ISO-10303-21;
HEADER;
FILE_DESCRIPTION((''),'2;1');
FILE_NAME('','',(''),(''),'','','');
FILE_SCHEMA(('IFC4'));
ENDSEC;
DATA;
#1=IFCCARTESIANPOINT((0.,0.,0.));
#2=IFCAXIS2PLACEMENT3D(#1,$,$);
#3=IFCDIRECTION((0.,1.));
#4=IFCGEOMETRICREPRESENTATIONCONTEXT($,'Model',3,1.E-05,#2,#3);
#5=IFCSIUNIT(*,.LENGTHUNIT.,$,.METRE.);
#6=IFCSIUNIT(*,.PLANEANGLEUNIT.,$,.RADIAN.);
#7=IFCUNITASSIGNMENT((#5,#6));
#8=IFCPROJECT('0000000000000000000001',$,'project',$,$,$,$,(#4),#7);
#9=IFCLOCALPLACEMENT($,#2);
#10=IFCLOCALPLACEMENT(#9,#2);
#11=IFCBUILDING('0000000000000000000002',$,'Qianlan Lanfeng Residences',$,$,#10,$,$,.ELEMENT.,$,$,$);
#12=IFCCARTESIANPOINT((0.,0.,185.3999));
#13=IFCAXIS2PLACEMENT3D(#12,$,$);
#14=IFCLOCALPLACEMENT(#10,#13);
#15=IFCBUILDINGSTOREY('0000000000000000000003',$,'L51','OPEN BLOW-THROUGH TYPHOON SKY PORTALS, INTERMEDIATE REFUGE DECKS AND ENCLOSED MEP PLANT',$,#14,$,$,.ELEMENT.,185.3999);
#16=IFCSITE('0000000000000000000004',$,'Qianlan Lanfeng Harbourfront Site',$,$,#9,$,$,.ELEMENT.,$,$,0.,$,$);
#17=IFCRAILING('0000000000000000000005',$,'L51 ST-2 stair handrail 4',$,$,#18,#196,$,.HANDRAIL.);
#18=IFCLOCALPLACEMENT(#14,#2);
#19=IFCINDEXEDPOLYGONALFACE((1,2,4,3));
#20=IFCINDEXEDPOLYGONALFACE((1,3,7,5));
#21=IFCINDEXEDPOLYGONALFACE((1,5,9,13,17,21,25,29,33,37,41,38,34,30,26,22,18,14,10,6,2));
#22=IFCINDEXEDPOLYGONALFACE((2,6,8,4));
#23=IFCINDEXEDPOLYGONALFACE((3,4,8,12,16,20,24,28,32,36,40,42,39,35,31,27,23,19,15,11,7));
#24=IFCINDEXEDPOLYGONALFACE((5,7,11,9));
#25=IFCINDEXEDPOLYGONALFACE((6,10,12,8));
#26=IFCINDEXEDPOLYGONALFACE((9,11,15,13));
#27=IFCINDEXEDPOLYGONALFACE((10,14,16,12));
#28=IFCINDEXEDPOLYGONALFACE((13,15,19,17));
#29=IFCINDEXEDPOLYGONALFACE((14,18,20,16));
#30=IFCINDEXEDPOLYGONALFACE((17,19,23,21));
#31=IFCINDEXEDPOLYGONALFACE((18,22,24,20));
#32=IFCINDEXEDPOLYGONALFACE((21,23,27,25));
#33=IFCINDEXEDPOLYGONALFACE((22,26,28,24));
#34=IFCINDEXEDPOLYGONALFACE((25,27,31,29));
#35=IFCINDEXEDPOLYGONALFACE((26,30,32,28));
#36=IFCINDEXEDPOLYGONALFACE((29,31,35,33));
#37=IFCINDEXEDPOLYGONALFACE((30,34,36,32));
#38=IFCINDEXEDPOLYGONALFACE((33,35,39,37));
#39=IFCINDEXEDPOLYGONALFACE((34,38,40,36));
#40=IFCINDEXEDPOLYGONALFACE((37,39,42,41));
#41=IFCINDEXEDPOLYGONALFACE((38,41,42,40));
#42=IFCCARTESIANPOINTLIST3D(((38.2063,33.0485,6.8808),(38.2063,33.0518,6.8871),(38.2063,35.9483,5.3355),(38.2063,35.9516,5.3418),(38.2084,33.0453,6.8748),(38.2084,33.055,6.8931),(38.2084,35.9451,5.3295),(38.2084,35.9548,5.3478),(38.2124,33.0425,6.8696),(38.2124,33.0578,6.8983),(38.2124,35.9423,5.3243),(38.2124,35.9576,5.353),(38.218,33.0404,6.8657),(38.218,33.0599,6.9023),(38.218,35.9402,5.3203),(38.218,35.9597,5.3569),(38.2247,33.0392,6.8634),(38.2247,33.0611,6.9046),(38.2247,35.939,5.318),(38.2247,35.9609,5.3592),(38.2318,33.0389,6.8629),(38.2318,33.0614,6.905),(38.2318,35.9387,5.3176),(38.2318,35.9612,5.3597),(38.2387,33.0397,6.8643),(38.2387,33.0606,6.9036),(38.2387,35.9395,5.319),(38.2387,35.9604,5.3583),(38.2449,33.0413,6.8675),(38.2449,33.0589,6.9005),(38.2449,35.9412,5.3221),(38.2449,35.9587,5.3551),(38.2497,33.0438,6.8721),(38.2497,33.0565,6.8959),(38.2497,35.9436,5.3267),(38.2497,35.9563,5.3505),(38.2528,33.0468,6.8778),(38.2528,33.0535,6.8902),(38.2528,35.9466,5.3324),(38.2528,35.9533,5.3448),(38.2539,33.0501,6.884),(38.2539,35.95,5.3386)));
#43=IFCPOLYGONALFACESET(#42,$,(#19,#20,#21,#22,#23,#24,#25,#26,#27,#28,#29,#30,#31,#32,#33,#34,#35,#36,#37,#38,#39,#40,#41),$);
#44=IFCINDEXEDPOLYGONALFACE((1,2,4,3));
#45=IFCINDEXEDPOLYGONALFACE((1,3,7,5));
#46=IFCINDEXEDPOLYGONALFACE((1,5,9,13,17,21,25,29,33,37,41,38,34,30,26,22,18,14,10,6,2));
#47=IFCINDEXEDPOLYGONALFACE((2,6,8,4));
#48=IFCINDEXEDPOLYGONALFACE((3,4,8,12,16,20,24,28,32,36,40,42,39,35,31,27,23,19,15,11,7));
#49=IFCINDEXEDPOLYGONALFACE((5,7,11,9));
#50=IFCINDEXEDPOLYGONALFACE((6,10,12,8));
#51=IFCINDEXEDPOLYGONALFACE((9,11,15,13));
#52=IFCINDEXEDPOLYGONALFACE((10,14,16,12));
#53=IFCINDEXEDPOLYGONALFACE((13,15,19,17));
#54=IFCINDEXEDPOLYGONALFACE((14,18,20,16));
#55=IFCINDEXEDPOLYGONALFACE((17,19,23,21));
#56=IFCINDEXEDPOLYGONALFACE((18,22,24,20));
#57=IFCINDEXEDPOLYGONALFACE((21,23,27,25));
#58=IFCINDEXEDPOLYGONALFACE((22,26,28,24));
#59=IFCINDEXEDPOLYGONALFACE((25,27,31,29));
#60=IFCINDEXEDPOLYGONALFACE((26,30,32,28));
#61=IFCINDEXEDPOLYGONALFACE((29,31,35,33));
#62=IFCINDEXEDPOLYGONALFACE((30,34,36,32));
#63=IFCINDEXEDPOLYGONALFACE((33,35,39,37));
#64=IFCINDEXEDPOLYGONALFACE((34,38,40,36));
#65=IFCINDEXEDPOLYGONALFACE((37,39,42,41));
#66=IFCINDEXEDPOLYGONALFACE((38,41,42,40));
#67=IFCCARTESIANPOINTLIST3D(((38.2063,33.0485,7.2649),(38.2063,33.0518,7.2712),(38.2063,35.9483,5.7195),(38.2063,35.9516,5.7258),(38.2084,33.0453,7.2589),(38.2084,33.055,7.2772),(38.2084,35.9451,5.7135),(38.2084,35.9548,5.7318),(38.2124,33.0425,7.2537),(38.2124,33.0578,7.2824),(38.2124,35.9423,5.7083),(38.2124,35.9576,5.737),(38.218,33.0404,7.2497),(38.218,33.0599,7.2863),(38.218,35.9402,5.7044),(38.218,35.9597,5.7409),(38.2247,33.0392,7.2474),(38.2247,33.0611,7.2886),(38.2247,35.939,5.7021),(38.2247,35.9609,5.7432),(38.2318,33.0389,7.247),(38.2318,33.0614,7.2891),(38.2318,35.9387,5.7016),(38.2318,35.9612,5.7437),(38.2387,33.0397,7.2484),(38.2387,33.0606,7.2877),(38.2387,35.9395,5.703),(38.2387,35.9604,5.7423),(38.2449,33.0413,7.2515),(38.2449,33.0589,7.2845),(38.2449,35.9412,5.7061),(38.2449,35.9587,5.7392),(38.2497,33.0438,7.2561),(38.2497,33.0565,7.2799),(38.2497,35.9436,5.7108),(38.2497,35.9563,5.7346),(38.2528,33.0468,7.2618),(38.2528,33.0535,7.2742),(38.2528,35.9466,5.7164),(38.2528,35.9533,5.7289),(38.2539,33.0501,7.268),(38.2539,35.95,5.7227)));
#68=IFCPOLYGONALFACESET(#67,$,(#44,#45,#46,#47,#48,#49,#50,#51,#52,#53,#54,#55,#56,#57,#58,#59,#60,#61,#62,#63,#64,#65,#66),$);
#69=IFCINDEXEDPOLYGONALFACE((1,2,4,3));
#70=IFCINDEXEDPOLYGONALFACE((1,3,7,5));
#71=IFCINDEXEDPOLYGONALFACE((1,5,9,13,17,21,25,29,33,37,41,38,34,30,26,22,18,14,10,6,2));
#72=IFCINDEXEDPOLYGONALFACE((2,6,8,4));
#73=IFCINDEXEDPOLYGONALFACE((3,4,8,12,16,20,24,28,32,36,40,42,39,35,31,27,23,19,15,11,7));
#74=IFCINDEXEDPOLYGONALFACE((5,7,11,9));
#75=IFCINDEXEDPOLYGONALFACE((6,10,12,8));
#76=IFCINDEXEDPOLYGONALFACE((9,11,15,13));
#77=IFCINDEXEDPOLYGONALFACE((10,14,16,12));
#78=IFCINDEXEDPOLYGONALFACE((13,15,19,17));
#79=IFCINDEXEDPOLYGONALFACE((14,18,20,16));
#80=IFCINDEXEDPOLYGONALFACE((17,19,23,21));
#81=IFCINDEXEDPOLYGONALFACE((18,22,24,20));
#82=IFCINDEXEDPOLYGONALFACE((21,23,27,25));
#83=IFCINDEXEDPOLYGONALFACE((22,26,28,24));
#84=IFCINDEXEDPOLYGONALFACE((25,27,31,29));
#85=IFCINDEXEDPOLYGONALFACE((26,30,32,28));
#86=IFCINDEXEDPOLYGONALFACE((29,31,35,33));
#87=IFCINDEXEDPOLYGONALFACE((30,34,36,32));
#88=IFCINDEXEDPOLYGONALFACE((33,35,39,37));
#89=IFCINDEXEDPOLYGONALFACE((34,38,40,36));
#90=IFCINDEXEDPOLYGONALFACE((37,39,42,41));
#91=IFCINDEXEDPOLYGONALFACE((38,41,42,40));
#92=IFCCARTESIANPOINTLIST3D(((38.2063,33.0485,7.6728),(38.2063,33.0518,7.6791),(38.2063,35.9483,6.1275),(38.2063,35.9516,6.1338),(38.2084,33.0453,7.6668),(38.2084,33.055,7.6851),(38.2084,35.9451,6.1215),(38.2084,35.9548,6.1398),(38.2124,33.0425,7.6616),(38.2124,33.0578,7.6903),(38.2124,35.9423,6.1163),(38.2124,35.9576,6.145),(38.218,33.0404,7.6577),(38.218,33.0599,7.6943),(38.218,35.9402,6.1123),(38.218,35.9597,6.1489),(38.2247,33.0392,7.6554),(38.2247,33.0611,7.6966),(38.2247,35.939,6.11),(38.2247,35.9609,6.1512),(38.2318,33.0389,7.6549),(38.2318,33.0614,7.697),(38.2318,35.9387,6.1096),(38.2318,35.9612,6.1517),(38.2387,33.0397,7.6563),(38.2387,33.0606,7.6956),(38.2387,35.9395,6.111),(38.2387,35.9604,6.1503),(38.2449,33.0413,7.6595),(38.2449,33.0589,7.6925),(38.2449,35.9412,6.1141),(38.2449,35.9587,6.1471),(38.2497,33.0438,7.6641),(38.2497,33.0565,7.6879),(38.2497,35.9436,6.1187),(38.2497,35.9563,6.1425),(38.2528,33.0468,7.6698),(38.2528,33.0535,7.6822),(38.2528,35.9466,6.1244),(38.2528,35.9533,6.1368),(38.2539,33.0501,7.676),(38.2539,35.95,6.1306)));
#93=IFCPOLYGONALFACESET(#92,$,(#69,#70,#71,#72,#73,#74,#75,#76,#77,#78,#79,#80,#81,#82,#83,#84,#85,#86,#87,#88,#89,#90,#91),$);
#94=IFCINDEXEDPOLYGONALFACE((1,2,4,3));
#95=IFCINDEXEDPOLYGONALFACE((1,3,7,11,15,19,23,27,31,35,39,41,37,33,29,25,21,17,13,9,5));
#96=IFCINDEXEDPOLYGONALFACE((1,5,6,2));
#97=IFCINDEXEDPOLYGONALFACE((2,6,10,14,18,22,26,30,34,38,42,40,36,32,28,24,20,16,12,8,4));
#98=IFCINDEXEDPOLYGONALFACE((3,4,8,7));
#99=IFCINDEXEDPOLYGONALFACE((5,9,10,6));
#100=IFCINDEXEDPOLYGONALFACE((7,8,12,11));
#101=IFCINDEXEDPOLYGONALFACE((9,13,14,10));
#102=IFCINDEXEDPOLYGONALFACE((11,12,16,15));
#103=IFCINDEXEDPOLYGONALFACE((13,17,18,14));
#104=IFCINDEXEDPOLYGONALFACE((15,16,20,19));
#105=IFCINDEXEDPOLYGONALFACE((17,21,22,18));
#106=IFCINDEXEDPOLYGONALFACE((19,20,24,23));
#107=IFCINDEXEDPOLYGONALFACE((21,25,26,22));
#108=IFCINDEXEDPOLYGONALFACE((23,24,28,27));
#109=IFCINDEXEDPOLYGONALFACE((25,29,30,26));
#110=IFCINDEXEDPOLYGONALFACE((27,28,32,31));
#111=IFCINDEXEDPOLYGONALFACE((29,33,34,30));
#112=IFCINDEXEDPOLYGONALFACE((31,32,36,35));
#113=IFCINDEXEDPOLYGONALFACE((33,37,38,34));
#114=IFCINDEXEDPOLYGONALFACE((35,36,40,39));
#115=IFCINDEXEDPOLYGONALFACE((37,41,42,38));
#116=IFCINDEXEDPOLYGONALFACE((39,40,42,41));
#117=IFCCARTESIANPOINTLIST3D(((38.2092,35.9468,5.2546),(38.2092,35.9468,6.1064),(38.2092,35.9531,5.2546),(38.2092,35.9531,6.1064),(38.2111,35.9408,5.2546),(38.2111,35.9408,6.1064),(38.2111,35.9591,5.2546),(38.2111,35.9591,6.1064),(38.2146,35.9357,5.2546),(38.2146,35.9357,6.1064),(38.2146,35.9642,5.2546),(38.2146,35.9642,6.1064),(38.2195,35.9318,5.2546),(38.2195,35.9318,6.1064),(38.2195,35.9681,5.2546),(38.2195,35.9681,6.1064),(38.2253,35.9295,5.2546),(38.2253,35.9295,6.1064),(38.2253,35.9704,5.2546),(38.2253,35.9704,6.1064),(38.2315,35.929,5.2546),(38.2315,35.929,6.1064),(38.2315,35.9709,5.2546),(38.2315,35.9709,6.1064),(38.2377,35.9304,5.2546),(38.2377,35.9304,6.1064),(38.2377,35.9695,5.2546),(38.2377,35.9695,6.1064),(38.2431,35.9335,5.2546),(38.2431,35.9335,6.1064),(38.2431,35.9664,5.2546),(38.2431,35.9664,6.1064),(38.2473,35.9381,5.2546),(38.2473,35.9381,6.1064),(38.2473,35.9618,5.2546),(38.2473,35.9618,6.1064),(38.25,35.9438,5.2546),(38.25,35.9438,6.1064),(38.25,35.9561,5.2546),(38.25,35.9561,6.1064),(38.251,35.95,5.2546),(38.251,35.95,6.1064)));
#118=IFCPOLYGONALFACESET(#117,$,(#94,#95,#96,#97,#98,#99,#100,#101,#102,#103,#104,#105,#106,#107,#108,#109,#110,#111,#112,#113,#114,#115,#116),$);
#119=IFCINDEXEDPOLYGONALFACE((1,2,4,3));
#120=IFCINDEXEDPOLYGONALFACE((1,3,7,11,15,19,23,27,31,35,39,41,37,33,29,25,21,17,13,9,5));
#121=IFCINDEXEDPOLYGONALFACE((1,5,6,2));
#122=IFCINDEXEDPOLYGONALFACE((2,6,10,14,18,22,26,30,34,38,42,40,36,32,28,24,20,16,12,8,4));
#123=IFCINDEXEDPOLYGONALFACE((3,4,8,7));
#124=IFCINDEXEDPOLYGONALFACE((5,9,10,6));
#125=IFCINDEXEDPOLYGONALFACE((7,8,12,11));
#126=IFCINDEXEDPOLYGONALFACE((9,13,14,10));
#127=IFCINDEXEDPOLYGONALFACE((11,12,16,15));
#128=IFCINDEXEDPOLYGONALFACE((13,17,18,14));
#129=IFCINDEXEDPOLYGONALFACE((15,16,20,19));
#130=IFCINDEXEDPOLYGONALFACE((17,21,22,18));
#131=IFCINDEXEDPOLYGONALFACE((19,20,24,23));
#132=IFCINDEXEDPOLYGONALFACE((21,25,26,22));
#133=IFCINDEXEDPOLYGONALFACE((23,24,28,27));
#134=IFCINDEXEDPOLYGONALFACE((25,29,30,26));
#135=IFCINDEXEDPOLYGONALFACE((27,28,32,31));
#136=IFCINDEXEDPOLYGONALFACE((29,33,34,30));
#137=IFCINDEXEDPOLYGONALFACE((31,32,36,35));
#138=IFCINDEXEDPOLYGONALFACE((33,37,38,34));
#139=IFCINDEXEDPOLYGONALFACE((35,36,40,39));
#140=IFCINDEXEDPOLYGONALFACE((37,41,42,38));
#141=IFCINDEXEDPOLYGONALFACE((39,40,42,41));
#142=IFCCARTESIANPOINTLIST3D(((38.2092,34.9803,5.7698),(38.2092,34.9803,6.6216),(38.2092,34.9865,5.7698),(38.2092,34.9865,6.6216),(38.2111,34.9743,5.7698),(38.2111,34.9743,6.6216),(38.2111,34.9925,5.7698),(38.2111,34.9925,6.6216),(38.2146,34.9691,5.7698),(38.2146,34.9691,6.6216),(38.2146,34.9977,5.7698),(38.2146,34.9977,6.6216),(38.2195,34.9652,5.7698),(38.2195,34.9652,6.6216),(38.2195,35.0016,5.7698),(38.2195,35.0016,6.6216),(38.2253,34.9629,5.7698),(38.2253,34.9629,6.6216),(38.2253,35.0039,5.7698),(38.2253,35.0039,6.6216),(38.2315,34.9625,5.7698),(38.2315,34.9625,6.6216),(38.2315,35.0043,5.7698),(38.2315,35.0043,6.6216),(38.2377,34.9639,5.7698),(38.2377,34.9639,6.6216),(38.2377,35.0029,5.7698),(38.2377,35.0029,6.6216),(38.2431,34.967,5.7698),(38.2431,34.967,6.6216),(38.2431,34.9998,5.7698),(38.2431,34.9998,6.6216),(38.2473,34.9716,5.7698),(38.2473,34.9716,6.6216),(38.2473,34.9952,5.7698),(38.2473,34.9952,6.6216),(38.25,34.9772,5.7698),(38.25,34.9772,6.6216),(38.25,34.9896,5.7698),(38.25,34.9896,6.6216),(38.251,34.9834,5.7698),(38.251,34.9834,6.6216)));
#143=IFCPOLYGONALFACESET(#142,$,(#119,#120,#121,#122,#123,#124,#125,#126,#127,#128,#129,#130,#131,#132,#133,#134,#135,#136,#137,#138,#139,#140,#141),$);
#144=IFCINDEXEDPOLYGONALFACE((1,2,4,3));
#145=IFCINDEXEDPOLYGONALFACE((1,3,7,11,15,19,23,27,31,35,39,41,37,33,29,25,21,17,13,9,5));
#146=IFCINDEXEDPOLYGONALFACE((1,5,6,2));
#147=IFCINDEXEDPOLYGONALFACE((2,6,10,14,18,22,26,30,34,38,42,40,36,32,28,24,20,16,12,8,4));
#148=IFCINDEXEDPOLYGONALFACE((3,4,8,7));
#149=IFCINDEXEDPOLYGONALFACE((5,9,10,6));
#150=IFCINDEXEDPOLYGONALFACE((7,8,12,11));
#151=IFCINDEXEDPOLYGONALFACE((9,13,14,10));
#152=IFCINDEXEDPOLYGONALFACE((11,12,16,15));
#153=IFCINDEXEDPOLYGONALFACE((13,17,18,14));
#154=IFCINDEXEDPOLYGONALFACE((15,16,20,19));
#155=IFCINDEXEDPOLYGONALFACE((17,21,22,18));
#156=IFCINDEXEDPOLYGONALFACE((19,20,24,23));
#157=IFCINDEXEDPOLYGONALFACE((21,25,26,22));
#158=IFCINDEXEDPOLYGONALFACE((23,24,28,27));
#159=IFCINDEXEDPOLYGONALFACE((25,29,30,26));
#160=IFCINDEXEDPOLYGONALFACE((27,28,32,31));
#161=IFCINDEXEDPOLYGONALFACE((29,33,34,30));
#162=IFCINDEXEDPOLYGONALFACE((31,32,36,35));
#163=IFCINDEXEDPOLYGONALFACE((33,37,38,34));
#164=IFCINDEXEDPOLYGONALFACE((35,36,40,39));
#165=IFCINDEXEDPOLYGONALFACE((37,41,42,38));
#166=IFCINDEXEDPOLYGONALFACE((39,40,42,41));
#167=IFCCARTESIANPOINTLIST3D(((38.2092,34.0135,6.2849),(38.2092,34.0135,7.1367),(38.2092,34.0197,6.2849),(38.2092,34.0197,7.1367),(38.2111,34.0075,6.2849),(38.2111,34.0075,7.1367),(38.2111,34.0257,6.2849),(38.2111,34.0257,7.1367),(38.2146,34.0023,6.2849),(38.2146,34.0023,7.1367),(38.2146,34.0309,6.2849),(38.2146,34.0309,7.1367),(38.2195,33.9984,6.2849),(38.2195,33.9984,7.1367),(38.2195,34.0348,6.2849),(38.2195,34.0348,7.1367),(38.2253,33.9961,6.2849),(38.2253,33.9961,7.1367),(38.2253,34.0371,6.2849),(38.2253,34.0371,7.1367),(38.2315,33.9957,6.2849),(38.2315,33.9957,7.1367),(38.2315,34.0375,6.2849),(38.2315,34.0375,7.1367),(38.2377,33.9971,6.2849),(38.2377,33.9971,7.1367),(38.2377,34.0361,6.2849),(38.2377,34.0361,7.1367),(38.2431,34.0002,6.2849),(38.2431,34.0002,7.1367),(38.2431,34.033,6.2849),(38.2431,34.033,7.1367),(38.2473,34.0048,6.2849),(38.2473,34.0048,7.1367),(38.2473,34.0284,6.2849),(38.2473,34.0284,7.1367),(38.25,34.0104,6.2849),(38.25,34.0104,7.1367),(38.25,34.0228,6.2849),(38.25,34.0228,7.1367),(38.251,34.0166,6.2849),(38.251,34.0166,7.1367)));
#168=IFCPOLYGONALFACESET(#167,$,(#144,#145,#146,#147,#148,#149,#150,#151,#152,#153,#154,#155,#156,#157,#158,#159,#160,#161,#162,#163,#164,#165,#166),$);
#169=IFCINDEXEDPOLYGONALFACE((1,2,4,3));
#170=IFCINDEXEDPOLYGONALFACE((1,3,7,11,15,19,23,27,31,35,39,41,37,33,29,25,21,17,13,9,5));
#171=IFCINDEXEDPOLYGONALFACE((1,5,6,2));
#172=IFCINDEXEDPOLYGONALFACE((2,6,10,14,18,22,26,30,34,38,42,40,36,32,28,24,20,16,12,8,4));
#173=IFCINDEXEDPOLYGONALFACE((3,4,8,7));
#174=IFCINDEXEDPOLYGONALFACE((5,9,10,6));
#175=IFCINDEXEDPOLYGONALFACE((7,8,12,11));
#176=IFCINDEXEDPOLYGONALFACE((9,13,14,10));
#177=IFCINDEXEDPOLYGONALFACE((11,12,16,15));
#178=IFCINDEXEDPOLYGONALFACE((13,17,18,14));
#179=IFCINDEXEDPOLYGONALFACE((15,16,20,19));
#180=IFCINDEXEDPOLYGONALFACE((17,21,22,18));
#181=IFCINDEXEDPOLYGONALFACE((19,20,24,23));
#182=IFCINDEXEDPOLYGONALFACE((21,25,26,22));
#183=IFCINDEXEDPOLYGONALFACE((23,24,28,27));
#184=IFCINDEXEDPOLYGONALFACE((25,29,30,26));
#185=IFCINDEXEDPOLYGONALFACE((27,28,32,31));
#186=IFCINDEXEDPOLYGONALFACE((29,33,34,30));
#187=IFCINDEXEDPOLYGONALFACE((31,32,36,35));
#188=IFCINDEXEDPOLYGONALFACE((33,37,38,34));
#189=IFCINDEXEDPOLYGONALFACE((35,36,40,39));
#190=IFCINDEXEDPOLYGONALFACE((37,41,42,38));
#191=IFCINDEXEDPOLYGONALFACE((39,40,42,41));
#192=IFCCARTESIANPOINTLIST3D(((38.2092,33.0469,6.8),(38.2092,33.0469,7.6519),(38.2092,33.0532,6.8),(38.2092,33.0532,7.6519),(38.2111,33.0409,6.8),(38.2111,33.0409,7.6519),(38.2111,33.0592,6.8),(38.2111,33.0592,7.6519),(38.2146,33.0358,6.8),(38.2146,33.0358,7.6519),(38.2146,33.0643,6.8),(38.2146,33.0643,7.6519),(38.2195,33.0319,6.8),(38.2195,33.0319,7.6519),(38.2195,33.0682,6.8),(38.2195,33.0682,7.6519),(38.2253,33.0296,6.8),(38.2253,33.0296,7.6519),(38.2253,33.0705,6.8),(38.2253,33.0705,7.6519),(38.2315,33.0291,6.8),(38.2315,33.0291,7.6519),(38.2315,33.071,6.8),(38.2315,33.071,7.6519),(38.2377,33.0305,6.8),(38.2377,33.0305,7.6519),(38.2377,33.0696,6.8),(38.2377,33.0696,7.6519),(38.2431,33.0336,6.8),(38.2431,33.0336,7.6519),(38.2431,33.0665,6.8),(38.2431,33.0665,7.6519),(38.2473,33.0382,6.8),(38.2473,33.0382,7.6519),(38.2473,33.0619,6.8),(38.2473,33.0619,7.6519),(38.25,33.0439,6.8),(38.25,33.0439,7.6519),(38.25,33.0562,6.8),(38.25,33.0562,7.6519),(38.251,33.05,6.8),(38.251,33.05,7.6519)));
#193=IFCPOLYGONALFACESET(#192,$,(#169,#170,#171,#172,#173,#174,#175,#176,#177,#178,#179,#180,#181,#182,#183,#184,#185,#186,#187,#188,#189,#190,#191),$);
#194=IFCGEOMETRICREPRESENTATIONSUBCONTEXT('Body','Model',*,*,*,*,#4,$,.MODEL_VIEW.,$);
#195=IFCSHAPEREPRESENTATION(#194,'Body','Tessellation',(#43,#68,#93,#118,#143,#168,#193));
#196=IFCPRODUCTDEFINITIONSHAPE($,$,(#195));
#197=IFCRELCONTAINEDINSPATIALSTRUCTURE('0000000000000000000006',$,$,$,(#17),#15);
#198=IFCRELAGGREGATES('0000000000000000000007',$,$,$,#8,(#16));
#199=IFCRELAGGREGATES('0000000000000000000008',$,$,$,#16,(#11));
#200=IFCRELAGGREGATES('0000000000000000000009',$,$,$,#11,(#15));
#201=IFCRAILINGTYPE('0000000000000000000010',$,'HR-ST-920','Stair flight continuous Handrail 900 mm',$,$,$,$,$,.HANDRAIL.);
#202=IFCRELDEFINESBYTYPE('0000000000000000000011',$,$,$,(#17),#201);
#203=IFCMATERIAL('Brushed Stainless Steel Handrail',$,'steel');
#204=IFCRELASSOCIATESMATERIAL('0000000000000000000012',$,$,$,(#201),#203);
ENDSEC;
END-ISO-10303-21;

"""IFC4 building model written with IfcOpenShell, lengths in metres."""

from ifc_helpers import new_model, si_unit, direction, frame, origin, origin_2d, place, context, subcontext, project, spatial, circle, extrude, material, type_object, element, save


model = new_model("IFC4")

# Units and contexts
model_context = context("Model", 3, precision=1e-05, world=origin(), true_north=direction((0.0, 1.0)))
body_context = subcontext(model_context, "Body", "Model", "MODEL_VIEW")
ifc_project = project(units=[si_unit("LENGTHUNIT", "METRE"), si_unit("PLANEANGLEUNIT", "RADIAN")], contexts=[model_context])

# Site, building, storey
site_placement = place(None, origin())
site = spatial("IfcSite", under=ifc_project, at=site_placement, Name="Qianlan Lanfeng Harbourfront Site", CompositionType="ELEMENT", RefElevation=0.0)
building_placement = place(site_placement, origin())
building = spatial("IfcBuilding", under=site, at=building_placement, Name="Qianlan Lanfeng Residences", CompositionType="ELEMENT")
storey_placement = place(building_placement, frame((0.0, 0.0, 185.3999)))
storey = spatial("IfcBuildingStorey", under=building, at=storey_placement, Name="L51", Description="OPEN BLOW-THROUGH TYPHOON SKY PORTALS, INTERMEDIATE REFUGE DECKS AND ENCLOSED MEP PLANT", CompositionType="ELEMENT", Elevation=185.3999)

# Railing
ifc_material_1 = material(Name="Brushed Stainless Steel Handrail", Category="steel")
railing_type_1 = type_object("IfcRailingType", Name="HR-ST-920", Description="Stair flight continuous Handrail 900 mm", PredefinedType="HANDRAIL", material=ifc_material_1)
for number, where, name in (
    (1, (38.23, 35.95, 5.2546), "L51 ST-2 stair handrail 4"),
):
    element("IfcRailing", number, at=place(storey_placement, frame(where)), inside=storey, type_object=railing_type_1, Name=name, PredefinedType="HANDRAIL", context=body_context, shape_type="SweptSolid", body=[
        extrude(circle(Radius=0.0239, at=origin_2d()), frame((0.0, 0.0, 0.084), z_axis=(0.0, -0.882505, 0.470303), x_axis=(1.0, 0.0, 0.0)), (0.0, 0.0, 1.0), 3.2859),
        extrude(circle(Radius=0.0239, at=origin_2d()), frame((0.0, 0.0, 0.468), z_axis=(0.0, -0.882505, 0.470303), x_axis=(1.0, 0.0, 0.0)), (0.0, 0.0, 1.0), 3.2859),
        extrude(circle(Radius=0.0239, at=origin_2d()), frame((0.0, 0.0, 0.876), z_axis=(0.0, -0.882505, 0.470303), x_axis=(1.0, 0.0, 0.0)), (0.0, 0.0, 1.0), 3.2859),
        extrude(circle(Radius=0.021, at=origin_2d()), origin(), (0.0, 0.0, 1.0), 0.8518),
        extrude(circle(Radius=0.021, at=origin_2d()), frame((0.0, -0.9666, 0.5151)), (0.0, 0.0, 1.0), 0.8518),
        extrude(circle(Radius=0.021, at=origin_2d()), frame((0.0, -1.9333, 1.0303)), (0.0, 0.0, 1.0), 0.8518),
        extrude(circle(Radius=0.021, at=origin_2d()), frame((0.0, -2.8999, 1.5454)), (0.0, 0.0, 1.0), 0.8518),
    ])

save(model, "model.ifc")
